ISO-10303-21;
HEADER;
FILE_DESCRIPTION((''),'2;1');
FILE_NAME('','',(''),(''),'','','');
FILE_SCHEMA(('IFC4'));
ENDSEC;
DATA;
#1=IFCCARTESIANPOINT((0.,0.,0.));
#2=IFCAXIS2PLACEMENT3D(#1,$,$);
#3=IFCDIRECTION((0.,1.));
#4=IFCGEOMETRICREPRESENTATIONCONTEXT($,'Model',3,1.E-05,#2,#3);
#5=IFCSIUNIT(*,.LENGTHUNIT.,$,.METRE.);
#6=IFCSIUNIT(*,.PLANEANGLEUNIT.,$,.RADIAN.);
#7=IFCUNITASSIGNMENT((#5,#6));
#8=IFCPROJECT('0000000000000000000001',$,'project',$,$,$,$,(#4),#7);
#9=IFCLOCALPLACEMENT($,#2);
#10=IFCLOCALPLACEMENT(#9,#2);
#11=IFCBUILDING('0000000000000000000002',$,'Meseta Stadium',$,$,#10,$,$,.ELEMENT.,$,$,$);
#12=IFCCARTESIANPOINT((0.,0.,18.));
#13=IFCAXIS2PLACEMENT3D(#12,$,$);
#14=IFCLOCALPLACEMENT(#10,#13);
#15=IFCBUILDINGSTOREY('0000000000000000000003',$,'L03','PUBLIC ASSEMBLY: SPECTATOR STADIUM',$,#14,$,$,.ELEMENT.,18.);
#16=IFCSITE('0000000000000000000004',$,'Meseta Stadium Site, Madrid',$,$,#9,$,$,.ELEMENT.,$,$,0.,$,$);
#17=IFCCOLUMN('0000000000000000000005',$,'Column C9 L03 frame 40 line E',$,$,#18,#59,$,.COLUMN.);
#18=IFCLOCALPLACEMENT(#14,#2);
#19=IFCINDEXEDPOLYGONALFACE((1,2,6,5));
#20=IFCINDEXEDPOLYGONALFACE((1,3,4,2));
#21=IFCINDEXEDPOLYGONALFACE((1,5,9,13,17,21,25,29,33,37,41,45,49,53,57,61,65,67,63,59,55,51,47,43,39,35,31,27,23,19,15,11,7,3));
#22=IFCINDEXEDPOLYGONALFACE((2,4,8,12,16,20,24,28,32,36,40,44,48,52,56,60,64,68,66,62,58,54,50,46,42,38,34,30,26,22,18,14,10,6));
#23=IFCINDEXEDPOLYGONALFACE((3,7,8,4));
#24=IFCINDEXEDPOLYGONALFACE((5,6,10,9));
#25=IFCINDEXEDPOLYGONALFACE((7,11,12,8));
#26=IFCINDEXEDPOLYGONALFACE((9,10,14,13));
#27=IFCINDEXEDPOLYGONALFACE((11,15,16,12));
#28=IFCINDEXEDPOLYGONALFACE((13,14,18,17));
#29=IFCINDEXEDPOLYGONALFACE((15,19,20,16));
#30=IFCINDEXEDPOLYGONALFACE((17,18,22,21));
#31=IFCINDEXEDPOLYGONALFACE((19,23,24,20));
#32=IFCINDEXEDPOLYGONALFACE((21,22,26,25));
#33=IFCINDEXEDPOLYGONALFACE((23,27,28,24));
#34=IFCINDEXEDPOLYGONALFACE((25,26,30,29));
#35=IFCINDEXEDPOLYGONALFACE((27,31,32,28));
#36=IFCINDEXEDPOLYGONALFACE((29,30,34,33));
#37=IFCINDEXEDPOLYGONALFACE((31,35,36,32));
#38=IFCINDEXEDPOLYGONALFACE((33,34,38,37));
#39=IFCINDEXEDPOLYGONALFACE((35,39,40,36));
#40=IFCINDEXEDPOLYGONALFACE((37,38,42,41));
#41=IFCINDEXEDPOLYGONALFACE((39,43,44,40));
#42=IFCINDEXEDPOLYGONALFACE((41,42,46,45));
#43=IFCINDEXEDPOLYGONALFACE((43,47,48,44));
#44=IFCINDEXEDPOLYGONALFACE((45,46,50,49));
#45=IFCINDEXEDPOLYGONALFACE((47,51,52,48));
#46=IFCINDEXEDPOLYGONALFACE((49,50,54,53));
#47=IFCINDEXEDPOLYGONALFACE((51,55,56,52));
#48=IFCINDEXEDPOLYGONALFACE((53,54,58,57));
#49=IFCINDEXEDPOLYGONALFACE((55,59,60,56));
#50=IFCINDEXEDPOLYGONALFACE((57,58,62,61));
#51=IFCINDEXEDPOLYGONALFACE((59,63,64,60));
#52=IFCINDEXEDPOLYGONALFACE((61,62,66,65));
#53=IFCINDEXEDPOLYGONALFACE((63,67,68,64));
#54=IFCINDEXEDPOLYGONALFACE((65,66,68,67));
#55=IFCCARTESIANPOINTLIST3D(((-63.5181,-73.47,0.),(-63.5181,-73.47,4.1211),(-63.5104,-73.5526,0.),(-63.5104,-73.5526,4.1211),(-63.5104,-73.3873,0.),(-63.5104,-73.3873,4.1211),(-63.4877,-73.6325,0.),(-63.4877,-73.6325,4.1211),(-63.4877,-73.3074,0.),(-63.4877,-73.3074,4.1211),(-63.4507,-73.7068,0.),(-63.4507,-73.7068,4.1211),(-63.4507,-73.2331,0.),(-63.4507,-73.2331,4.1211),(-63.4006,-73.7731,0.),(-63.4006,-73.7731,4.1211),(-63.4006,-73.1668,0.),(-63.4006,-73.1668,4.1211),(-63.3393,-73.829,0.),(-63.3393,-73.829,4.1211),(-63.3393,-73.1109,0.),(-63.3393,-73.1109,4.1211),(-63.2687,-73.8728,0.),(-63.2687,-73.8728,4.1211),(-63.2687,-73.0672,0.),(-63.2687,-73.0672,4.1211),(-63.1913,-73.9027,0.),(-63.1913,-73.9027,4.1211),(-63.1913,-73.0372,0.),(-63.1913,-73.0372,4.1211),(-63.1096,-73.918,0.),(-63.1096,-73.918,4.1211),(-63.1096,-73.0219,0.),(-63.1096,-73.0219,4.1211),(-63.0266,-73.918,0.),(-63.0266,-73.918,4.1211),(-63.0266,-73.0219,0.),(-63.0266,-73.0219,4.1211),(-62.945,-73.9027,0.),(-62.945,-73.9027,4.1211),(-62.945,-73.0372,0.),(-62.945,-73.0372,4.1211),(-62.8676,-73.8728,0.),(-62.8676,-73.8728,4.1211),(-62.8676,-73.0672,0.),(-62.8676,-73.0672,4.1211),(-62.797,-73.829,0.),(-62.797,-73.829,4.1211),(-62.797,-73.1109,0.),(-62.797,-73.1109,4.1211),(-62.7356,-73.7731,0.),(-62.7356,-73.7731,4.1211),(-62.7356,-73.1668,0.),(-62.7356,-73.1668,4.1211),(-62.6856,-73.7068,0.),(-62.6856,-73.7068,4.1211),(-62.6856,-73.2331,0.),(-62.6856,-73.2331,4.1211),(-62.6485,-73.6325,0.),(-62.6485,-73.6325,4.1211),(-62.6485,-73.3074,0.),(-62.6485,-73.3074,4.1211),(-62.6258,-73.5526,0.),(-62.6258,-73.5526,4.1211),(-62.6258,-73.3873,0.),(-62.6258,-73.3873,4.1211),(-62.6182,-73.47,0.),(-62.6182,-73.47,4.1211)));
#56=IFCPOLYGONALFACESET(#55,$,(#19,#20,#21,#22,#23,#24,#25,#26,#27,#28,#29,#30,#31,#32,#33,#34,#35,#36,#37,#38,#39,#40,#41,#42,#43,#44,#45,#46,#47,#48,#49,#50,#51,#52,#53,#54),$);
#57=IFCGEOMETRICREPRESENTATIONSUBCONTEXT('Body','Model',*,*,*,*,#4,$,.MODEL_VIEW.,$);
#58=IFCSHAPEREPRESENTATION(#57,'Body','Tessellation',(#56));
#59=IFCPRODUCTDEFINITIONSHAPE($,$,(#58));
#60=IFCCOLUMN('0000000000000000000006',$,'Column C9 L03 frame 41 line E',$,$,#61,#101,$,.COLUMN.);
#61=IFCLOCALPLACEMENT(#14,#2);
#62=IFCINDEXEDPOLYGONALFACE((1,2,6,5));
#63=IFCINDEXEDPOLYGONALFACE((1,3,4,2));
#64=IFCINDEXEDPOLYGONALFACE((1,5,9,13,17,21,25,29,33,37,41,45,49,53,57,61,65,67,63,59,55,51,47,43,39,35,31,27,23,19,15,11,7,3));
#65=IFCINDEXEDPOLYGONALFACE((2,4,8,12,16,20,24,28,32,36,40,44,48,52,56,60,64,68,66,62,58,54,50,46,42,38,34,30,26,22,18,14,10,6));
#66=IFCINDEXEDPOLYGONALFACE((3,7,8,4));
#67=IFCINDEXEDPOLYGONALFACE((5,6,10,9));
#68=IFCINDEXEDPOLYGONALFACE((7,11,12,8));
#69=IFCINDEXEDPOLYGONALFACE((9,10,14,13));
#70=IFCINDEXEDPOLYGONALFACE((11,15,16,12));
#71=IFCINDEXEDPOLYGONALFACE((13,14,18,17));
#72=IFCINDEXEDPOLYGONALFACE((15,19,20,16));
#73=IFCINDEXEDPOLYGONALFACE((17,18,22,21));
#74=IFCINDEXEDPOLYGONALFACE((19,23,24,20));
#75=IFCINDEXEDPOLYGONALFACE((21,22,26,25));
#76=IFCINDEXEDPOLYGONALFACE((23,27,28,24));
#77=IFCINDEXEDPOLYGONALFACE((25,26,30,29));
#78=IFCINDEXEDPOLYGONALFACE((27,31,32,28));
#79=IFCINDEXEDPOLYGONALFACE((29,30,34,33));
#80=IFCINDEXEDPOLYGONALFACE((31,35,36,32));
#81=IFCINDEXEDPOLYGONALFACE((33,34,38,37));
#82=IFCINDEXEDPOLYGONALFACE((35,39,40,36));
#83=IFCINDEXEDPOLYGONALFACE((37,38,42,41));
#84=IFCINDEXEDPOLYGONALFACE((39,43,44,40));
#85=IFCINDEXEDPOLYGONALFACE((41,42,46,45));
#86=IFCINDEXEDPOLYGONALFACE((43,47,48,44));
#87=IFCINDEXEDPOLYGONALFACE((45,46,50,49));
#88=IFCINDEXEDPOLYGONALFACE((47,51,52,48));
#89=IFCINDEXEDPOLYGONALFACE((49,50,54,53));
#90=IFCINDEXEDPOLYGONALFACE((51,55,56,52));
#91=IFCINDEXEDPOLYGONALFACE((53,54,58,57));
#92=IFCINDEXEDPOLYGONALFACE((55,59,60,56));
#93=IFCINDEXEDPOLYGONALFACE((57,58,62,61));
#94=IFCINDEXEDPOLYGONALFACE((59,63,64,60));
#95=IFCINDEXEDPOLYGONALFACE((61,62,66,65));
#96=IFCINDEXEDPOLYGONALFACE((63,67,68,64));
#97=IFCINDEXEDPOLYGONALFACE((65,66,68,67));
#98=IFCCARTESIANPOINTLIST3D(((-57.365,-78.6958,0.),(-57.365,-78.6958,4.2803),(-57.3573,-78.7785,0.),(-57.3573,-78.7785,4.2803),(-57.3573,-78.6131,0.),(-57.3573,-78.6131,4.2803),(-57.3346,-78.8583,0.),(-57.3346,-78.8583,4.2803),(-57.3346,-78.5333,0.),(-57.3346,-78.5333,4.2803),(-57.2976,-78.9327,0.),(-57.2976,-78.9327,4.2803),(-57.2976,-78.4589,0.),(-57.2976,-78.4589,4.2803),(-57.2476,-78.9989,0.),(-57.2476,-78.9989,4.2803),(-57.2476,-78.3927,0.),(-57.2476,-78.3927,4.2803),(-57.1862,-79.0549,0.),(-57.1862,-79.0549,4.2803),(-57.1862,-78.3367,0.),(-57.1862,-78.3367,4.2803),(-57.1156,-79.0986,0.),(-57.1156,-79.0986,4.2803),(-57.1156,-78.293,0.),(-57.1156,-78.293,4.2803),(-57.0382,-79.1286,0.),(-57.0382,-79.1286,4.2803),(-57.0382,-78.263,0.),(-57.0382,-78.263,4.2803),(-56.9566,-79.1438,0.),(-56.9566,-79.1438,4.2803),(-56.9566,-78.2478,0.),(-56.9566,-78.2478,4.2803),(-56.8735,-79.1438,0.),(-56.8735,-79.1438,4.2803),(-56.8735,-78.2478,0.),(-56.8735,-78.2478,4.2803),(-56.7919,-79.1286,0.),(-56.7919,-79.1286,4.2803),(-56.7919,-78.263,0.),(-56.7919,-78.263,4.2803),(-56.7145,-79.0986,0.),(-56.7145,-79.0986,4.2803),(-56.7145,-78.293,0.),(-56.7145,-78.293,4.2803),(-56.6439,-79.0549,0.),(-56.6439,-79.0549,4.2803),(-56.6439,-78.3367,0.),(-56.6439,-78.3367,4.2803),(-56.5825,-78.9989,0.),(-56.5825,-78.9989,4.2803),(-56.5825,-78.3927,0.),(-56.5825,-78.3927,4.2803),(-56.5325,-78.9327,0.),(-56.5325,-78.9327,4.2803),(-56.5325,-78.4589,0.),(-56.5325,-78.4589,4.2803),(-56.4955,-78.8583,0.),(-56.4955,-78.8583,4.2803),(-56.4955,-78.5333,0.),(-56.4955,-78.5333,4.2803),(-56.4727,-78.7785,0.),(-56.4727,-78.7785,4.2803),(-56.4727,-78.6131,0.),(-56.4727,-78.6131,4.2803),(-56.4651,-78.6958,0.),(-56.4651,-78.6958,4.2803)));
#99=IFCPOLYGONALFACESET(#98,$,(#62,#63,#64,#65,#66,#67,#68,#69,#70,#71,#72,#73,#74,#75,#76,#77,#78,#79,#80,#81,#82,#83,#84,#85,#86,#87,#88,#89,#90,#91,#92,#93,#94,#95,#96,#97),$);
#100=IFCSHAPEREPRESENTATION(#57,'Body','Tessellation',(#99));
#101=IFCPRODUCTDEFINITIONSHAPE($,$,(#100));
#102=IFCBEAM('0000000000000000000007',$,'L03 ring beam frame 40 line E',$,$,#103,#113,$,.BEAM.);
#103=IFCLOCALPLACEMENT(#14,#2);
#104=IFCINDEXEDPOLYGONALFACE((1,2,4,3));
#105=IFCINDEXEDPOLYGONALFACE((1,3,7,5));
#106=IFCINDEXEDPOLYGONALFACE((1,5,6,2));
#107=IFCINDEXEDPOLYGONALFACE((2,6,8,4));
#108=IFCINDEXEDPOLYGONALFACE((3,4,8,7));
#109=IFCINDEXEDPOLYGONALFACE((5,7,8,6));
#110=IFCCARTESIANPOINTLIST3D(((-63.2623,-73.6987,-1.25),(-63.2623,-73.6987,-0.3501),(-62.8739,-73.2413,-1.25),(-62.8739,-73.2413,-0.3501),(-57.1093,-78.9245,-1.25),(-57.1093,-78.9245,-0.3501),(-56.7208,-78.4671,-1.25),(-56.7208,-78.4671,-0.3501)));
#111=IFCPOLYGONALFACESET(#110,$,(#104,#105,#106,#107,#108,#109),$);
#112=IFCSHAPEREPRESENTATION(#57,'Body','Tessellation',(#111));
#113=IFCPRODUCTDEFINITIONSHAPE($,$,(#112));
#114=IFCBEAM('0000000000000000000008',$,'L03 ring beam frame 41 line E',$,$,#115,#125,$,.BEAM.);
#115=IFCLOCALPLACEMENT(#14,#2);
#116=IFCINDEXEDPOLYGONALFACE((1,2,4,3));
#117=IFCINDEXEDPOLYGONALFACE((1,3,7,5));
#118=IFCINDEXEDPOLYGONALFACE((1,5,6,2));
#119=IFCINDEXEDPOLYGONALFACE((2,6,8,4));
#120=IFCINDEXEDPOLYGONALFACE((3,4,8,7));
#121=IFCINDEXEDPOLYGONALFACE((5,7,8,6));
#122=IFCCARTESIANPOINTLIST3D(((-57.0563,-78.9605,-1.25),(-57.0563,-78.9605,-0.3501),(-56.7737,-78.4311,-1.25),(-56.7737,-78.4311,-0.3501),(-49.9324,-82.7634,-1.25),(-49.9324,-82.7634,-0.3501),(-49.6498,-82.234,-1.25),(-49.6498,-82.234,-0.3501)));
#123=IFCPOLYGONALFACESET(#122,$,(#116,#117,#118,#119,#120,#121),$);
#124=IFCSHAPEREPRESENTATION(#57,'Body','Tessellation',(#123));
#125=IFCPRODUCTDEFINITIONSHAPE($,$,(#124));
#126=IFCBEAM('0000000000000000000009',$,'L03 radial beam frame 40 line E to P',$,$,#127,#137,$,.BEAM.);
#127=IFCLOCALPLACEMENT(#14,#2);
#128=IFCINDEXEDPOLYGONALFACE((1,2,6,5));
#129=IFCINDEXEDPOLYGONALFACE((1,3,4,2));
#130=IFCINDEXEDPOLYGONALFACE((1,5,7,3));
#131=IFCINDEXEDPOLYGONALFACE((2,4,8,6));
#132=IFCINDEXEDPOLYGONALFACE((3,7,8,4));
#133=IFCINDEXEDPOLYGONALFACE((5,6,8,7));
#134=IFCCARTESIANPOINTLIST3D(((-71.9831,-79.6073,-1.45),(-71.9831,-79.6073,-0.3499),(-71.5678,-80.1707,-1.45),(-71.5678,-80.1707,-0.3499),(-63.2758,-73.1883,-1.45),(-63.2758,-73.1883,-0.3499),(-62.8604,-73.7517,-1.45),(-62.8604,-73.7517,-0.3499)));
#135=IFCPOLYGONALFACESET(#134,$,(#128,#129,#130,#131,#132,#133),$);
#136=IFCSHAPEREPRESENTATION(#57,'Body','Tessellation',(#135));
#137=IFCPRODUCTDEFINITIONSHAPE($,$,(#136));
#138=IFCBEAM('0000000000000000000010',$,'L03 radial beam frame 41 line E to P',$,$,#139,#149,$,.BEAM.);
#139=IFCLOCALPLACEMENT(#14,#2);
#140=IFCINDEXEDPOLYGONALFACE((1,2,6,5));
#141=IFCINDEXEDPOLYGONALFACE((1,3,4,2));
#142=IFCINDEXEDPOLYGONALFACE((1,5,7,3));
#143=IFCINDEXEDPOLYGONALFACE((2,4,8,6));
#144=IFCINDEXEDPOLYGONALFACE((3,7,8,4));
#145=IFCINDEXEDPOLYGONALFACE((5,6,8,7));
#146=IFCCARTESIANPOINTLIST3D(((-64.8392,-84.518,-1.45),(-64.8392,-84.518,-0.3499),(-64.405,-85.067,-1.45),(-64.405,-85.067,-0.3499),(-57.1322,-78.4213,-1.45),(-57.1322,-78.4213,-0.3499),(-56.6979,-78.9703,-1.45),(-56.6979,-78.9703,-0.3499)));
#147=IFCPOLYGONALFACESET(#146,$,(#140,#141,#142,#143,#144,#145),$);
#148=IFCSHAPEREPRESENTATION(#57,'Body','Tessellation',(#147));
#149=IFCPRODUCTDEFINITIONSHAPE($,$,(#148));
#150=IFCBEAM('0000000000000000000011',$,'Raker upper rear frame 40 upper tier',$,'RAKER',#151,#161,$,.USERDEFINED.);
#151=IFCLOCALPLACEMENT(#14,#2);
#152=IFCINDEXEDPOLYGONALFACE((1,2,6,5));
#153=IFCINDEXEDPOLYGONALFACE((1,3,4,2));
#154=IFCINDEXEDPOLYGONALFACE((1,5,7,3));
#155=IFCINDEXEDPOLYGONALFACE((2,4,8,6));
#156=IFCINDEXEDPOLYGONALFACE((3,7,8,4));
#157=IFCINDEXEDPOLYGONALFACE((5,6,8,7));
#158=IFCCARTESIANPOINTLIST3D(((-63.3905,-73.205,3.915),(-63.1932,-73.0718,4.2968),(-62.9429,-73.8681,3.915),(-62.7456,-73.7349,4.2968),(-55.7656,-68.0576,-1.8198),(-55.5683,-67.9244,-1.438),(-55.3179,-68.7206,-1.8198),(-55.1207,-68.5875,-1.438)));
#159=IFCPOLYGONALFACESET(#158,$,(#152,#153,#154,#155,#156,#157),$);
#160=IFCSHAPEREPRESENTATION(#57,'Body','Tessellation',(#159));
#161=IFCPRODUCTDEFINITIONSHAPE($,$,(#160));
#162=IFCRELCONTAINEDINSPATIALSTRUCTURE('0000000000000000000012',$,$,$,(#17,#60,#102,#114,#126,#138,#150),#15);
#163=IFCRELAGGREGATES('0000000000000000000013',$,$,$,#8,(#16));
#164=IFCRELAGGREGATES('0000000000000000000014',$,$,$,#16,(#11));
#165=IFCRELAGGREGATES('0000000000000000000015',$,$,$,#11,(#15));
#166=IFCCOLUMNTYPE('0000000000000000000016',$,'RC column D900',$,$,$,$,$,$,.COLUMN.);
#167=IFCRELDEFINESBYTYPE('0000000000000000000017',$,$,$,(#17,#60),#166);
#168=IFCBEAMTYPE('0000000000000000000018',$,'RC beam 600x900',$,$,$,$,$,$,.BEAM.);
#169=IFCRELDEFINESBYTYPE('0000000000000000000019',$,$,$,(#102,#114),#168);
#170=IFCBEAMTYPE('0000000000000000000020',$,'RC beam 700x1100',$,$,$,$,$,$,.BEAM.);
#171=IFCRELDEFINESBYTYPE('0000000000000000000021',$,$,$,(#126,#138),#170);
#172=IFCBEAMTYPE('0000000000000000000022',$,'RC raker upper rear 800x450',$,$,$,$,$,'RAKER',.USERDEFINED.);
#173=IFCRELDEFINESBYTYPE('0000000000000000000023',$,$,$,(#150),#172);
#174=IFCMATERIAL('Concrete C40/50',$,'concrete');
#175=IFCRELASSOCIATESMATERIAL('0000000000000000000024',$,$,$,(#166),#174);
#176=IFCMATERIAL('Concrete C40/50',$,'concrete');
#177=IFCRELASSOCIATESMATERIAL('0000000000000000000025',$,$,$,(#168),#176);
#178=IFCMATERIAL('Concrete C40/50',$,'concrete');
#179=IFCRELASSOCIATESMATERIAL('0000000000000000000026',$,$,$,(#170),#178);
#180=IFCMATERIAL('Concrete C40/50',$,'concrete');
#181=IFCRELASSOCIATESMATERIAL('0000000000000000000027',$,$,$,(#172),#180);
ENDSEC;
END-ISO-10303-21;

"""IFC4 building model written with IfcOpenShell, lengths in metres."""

from ifc_helpers import new_model, si_unit, direction, frame, origin, origin_2d, place, context, subcontext, project, spatial, rectangle, circle, extrude, material, material_profile, profile_set, type_object, element, save


model = new_model("IFC4")

# Units and contexts
model_context = context("Model", 3, precision=1e-05, world=origin(), true_north=direction((0.0, 1.0)))
body_context = subcontext(model_context, "Body", "Model", "MODEL_VIEW")
ifc_project = project(units=[si_unit("LENGTHUNIT", "METRE"), si_unit("PLANEANGLEUNIT", "RADIAN")], contexts=[model_context])

# Site, building, storey
site_placement = place(None, origin())
site = spatial("IfcSite", under=ifc_project, at=site_placement, Name="Meseta Stadium Site, Madrid", CompositionType="ELEMENT", RefElevation=0.0)
building_placement = place(site_placement, origin())
building = spatial("IfcBuilding", under=site, at=building_placement, Name="Meseta Stadium", CompositionType="ELEMENT")
storey_placement = place(building_placement, frame((0.0, 0.0, 18.0)))
storey = spatial("IfcBuildingStorey", under=building, at=storey_placement, Name="L03", Description="PUBLIC ASSEMBLY: SPECTATOR STADIUM", CompositionType="ELEMENT", Elevation=18.0)

# Columns
ifc_material_1 = material(Name="Concrete C40/50", Category="concrete")
ifc_material_profile_1 = material_profile(ifc_material_1, circle(Radius=0.45, at=origin_2d()), Name="RC D900")
ifc_profile_set_1 = profile_set([ifc_material_profile_1], Name="Concrete C40/50")
column_type = type_object("IfcColumnType", Name="RC column D900", PredefinedType="COLUMN", material=ifc_profile_set_1)
column_1_placement = place(storey_placement, frame((-63.0681, -73.47, 0.0), z_axis=(0.0, 0.0, 1.0), x_axis=(1.0, 0.0, 0.0)))
element("IfcColumn", 1, at=column_1_placement, inside=storey, type_object=column_type, Name="Column C9 L03 frame 40 line E", PredefinedType="COLUMN", context=body_context, shape_type="SweptSolid", body=[
    extrude(circle(Radius=0.45, at=origin_2d()), origin(), (0.0, 0.0, 1.0), 4.1211),
])
column_2_placement = place(storey_placement, frame((-56.915, -78.6958, 0.0), z_axis=(0.0, 0.0, 1.0), x_axis=(1.0, 0.0, 0.0)))
element("IfcColumn", 2, at=column_2_placement, inside=storey, type_object=column_type, Name="Column C9 L03 frame 41 line E", PredefinedType="COLUMN", context=body_context, shape_type="SweptSolid", body=[
    extrude(circle(Radius=0.45, at=origin_2d()), origin(), (0.0, 0.0, 1.0), 4.2803),
])

# Beams
ifc_material_2 = material(Name="Concrete C40/50", Category="concrete")
ifc_material_profile_2 = material_profile(ifc_material_2, rectangle(XDim=0.6001, YDim=0.8999, at=origin_2d()), Name="RC 600x900")
ifc_profile_set_2 = profile_set([ifc_material_profile_2], Name="Concrete C40/50")
beam_type_1 = type_object("IfcBeamType", Name="RC beam 600x900", PredefinedType="BEAM", material=ifc_profile_set_2)
beam_1_placement = place(storey_placement, frame((-63.0681, -73.47, -0.8), z_axis=(0.762201, -0.64734, 0.0), x_axis=(0.64734, 0.762201, 0.0)))
element("IfcBeam", 3, at=beam_1_placement, inside=storey, type_object=beam_type_1, Name="L03 ring beam frame 40 line E", PredefinedType="BEAM", context=body_context, shape_type="SweptSolid", body=[
    extrude(rectangle(XDim=0.6001, YDim=0.8999, at=origin_2d()), origin(), (0.0, 0.0, 1.0), 8.0728),
])
beam_2_placement = place(storey_placement, frame((-56.915, -78.6958, -0.8), z_axis=(0.882173, -0.470926, 0.0), x_axis=(0.470926, 0.882173, 0.0)))
element("IfcBeam", 4, at=beam_2_placement, inside=storey, type_object=beam_type_1, Name="L03 ring beam frame 41 line E", PredefinedType="BEAM", context=body_context, shape_type="SweptSolid", body=[
    extrude(rectangle(XDim=0.6001, YDim=0.8999, at=origin_2d()), origin(), (0.0, 0.0, 1.0), 8.0754),
])
ifc_material_3 = material(Name="Concrete C40/50", Category="concrete")
ifc_material_profile_3 = material_profile(ifc_material_3, rectangle(XDim=0.7, YDim=1.1001, at=origin_2d()), Name="RC 700x1100")
ifc_profile_set_3 = profile_set([ifc_material_profile_3], Name="Concrete C40/50")
beam_type_2 = type_object("IfcBeamType", Name="RC beam 700x1100", PredefinedType="BEAM", material=ifc_profile_set_3)
beam_3_placement = place(storey_placement, frame((-63.0681, -73.47, -0.8999), z_axis=(-0.804921, -0.593382, 0.0), x_axis=(0.593382, -0.804921, 0.0)))
element("IfcBeam", 5, at=beam_3_placement, inside=storey, type_object=beam_type_2, Name="L03 radial beam frame 40 line E to P", PredefinedType="BEAM", context=body_context, shape_type="SweptSolid", body=[
    extrude(rectangle(XDim=0.7, YDim=1.1001, at=origin_2d()), origin(), (0.0, 0.0, 1.0), 10.8176),
])
beam_4_placement = place(storey_placement, frame((-56.915, -78.6958, -0.8999), z_axis=(-0.78428, -0.620408, 0.0), x_axis=(0.620408, -0.78428, 0.0)))
element("IfcBeam", 6, at=beam_4_placement, inside=storey, type_object=beam_type_2, Name="L03 radial beam frame 41 line E to P", PredefinedType="BEAM", context=body_context, shape_type="SweptSolid", body=[
    extrude(rectangle(XDim=0.7, YDim=1.1001, at=origin_2d()), origin(), (0.0, 0.0, 1.0), 9.8269),
])
ifc_material_4 = material(Name="Concrete C40/50", Category="concrete")
ifc_material_profile_4 = material_profile(ifc_material_4, rectangle(XDim=0.8, YDim=0.45, at=origin_2d()), Name="RC 800x450")
ifc_profile_set_4 = profile_set([ifc_material_profile_4], Name="Concrete C40/50")
beam_type_3 = type_object("IfcBeamType", Name="RC raker upper rear 800x450", ElementType="RAKER", PredefinedType="USERDEFINED", material=ifc_profile_set_4)
beam_5_placement = place(storey_placement, frame((-55.4431, -68.3225, -1.6289), z_axis=(-0.703353, -0.474818, 0.529001), x_axis=(0.559517, -0.828819, 0.0)))
element("IfcBeam", 7, at=beam_5_placement, inside=storey, type_object=beam_type_3, Name="Raker upper rear frame 40 upper tier", ObjectType="RAKER", PredefinedType="USERDEFINED", context=body_context, shape_type="SweptSolid", body=[
    extrude(rectangle(XDim=0.8, YDim=0.45, at=origin_2d()), origin(), (0.0, 0.0, 1.0), 10.8408),
])

save(model, "model.ifc")
